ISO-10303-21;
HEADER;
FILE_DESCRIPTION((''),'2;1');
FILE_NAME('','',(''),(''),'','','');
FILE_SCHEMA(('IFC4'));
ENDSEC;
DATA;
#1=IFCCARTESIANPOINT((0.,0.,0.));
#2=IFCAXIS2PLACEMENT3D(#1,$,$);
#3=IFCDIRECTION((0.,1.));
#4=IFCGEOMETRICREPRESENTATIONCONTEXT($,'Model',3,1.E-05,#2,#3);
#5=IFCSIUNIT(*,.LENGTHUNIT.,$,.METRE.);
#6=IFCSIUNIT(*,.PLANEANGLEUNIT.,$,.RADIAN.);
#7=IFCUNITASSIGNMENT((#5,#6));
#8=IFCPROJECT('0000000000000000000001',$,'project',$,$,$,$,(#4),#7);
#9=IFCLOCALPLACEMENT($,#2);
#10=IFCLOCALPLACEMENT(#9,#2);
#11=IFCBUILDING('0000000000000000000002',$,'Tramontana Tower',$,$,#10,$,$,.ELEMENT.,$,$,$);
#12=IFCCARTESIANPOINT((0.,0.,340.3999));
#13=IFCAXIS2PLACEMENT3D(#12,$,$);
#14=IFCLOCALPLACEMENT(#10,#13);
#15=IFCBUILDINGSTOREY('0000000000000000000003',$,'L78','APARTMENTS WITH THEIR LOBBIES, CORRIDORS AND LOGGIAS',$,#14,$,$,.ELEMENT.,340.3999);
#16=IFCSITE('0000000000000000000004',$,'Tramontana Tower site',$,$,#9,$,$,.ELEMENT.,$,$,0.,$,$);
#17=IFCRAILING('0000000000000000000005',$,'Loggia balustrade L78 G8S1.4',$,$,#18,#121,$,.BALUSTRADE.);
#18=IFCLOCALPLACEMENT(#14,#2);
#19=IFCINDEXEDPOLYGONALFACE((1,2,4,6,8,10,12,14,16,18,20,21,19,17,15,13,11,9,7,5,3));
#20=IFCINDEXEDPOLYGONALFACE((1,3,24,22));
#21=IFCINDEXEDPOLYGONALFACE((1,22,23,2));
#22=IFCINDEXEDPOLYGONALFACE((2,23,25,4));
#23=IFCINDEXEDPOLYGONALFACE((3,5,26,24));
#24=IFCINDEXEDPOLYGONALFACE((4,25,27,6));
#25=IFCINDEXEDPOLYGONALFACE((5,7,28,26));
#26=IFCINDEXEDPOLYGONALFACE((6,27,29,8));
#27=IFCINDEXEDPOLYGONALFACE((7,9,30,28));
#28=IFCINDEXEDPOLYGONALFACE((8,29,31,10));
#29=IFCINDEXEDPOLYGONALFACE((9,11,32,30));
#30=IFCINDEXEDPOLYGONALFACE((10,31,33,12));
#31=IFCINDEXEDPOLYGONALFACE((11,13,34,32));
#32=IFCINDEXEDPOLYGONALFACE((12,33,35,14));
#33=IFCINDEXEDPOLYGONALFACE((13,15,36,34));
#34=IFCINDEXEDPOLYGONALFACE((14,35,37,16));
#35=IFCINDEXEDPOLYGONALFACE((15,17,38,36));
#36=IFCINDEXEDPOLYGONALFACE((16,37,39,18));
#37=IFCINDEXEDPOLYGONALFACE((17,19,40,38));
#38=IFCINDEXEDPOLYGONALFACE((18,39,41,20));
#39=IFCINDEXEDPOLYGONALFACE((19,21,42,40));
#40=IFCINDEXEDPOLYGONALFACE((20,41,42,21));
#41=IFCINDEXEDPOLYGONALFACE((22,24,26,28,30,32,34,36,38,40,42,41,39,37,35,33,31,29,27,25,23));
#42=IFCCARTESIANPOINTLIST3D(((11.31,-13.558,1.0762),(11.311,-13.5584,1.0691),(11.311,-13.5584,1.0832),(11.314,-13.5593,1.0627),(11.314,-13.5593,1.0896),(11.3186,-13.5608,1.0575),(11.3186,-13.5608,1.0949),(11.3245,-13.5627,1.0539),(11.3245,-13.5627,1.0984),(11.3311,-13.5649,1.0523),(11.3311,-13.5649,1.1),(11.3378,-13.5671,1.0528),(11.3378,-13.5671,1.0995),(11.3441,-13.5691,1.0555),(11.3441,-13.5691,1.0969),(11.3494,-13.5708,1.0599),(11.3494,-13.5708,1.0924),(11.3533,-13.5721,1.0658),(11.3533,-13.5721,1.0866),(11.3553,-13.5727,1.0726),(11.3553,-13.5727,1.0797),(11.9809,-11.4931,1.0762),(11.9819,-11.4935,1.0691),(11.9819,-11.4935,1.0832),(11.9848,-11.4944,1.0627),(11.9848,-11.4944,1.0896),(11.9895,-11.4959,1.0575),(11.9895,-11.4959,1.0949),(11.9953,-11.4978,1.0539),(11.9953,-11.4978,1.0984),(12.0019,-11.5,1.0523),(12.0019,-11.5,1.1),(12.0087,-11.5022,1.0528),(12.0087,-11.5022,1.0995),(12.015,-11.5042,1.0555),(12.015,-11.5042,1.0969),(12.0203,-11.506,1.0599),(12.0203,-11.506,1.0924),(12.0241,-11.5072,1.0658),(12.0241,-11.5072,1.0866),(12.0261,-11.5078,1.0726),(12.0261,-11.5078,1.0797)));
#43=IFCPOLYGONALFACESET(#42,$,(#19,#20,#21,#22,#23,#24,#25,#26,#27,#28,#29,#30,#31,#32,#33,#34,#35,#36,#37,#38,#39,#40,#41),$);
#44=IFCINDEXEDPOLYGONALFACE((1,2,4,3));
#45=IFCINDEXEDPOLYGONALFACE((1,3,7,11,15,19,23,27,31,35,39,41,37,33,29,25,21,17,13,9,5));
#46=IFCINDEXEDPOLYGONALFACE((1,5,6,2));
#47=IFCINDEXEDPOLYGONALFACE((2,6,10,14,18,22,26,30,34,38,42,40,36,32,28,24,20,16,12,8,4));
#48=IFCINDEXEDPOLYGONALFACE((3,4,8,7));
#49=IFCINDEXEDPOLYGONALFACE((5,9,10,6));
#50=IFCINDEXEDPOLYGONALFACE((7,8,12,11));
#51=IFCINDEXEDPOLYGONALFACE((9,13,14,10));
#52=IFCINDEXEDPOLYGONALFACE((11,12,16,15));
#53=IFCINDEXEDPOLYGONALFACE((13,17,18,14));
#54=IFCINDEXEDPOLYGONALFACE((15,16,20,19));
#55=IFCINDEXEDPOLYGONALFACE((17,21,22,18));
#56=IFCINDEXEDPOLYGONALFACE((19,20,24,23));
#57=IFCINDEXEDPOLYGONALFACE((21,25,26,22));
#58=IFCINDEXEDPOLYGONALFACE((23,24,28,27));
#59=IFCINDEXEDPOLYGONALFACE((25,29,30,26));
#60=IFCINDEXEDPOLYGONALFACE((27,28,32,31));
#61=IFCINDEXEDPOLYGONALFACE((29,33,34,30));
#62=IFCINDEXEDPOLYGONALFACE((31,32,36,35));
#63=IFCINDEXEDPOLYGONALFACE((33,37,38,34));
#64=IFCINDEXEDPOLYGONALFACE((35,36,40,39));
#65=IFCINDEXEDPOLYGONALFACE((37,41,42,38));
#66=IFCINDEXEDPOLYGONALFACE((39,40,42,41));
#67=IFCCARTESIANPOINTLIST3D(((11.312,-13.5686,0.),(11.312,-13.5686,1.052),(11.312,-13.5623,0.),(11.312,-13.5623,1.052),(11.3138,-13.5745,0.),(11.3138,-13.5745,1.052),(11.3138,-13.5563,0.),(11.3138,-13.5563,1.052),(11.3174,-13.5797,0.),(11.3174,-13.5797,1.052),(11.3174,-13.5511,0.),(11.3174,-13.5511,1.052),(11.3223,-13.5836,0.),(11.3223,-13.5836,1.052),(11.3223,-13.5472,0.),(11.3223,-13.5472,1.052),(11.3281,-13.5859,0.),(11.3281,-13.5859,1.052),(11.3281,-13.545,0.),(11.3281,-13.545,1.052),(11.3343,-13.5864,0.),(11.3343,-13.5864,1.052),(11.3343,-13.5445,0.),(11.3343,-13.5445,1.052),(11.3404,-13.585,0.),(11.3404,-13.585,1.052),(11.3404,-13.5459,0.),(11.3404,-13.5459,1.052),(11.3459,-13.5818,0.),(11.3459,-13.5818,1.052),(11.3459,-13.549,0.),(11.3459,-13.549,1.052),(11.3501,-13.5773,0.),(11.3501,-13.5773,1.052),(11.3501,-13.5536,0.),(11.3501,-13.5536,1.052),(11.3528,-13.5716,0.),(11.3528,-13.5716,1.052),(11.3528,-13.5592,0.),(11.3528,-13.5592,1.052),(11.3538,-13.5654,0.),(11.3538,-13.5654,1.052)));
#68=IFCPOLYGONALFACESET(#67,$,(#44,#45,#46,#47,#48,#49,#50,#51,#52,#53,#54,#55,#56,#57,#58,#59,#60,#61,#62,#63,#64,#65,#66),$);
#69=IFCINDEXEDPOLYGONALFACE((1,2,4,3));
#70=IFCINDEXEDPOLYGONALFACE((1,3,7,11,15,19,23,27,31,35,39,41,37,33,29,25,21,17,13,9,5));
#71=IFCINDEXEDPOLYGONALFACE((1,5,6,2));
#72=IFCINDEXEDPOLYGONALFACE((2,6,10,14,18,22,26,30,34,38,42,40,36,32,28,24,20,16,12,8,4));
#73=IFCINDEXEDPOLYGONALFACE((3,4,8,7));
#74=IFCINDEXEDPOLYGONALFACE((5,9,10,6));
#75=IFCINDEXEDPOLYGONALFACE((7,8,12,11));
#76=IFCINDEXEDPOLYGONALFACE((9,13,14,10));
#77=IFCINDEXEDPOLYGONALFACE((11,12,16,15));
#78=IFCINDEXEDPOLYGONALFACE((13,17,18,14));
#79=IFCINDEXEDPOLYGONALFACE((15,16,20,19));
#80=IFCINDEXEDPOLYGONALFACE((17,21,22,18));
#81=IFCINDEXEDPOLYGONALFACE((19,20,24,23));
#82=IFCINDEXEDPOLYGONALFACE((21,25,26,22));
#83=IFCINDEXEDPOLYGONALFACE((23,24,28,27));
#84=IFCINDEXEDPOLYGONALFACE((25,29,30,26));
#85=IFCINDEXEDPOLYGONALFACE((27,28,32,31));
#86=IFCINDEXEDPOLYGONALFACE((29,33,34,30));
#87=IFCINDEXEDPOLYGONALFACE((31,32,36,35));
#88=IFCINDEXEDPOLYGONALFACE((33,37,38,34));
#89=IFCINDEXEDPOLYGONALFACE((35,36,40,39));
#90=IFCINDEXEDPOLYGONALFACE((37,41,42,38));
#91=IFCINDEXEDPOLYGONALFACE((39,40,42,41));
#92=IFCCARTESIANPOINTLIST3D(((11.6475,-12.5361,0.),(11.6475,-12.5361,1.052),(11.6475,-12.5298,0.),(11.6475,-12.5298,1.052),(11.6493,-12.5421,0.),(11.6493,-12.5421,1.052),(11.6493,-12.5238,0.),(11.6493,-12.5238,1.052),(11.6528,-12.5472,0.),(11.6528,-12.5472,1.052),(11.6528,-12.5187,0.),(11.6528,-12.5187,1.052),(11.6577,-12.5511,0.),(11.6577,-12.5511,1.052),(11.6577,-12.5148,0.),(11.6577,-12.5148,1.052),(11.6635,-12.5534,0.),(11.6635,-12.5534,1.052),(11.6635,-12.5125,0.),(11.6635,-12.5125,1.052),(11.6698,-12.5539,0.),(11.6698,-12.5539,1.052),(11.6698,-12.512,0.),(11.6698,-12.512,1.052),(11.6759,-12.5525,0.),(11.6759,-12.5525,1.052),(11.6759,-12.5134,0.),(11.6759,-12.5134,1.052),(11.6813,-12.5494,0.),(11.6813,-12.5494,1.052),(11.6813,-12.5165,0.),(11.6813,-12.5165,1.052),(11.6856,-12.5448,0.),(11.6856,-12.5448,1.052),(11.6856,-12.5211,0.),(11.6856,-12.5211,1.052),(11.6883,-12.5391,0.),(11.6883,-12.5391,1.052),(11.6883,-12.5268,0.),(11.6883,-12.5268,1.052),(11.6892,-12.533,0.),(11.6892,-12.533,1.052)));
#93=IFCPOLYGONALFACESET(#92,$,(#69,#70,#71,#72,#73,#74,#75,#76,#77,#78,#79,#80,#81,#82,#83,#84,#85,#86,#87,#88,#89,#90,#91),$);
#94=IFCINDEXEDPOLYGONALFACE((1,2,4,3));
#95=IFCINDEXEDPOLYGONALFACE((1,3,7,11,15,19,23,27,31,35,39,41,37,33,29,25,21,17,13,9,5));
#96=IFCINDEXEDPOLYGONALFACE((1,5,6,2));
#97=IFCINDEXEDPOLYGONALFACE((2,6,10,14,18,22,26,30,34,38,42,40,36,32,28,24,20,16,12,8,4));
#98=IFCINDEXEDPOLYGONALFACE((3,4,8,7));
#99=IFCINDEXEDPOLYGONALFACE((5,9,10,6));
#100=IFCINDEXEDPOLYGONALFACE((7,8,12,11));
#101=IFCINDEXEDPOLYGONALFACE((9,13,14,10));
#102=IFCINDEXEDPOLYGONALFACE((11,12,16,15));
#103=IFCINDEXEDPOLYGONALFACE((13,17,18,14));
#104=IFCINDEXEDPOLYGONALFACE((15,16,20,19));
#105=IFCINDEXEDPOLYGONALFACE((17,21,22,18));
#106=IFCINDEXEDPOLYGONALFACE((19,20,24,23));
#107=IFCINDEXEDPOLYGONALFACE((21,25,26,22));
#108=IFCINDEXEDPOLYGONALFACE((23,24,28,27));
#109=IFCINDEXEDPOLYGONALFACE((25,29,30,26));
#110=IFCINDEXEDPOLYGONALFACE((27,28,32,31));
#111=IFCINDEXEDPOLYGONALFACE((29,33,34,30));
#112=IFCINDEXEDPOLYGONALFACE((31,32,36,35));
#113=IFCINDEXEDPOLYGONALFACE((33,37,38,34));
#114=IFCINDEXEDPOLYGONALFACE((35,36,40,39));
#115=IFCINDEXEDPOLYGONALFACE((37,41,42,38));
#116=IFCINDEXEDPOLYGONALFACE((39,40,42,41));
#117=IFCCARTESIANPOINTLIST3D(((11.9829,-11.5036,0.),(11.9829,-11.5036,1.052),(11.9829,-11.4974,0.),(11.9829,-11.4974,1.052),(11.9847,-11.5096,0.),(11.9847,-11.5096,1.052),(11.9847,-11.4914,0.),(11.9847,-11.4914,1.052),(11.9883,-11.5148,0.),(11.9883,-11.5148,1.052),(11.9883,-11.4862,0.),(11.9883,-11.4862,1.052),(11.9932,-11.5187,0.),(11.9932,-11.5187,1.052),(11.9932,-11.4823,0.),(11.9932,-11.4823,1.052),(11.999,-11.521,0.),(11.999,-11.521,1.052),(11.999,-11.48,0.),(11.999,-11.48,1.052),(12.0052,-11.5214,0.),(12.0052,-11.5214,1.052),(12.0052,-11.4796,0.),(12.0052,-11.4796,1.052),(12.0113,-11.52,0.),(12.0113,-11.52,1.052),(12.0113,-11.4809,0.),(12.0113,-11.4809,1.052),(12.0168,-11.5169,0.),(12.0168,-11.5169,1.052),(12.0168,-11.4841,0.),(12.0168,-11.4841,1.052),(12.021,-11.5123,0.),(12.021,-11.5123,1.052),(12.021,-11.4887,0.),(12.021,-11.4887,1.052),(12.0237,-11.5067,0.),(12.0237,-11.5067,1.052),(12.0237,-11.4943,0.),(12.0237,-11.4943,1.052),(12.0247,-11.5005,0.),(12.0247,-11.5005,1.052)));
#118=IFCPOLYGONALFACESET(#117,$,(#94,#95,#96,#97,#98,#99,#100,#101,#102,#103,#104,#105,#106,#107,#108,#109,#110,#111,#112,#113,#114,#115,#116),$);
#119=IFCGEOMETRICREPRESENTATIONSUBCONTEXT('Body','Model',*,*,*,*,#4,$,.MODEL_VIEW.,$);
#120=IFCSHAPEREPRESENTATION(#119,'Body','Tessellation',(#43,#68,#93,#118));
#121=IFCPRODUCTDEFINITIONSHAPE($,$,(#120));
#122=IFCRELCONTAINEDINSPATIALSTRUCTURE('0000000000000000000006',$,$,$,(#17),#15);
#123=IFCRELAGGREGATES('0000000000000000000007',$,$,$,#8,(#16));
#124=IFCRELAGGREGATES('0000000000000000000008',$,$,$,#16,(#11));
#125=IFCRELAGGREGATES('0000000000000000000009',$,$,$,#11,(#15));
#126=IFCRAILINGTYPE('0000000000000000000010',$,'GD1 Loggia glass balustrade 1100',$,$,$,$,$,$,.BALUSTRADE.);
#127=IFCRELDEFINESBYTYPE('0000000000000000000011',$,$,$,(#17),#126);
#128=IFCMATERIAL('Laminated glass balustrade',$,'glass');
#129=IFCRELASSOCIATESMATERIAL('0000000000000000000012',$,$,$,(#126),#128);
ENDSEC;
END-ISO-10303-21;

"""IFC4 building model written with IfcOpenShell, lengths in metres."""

from ifc_helpers import new_model, si_unit, direction, frame, origin, origin_2d, place, context, subcontext, project, spatial, circle, extrude, material, type_object, element, save


model = new_model("IFC4")

# Units and contexts
model_context = context("Model", 3, precision=1e-05, world=origin(), true_north=direction((0.0, 1.0)))
body_context = subcontext(model_context, "Body", "Model", "MODEL_VIEW")
ifc_project = project(units=[si_unit("LENGTHUNIT", "METRE"), si_unit("PLANEANGLEUNIT", "RADIAN")], contexts=[model_context])

# Site, building, storey
site_placement = place(None, origin())
site = spatial("IfcSite", under=ifc_project, at=site_placement, Name="Tramontana Tower site", CompositionType="ELEMENT", RefElevation=0.0)
building_placement = place(site_placement, origin())
building = spatial("IfcBuilding", under=site, at=building_placement, Name="Tramontana Tower", CompositionType="ELEMENT")
storey_placement = place(building_placement, frame((0.0, 0.0, 340.3999)))
storey = spatial("IfcBuildingStorey", under=building, at=storey_placement, Name="L78", Description="APARTMENTS WITH THEIR LOBBIES, CORRIDORS AND LOGGIAS", CompositionType="ELEMENT", Elevation=340.3999)

# Railing
ifc_material_1 = material(Name="Laminated glass balustrade", Category="glass")
railing_type = type_object("IfcRailingType", Name="GD1 Loggia glass balustrade 1100", PredefinedType="BALUSTRADE", material=ifc_material_1)
railing_placement = place(storey_placement, frame((11.3328, -13.5654, 0.0)))
element("IfcRailing", 1, at=railing_placement, inside=storey, type_object=railing_type, Name="Loggia balustrade L78 G8S1.4", PredefinedType="BALUSTRADE", context=body_context, shape_type="SweptSolid", body=[
    extrude(circle(Radius=0.0239, at=origin_2d()), frame((0.0, 0.0, 1.0762), z_axis=(0.309, 0.951062, 0.0), x_axis=(-0.951062, 0.309, 0.0)), (0.0, 0.0, 1.0), 2.1711),
    extrude(circle(Radius=0.021, at=origin_2d()), origin(), (0.0, 0.0, 1.0), 1.052),
    extrude(circle(Radius=0.021, at=origin_2d()), frame((0.3354, 1.0325, 0.0)), (0.0, 0.0, 1.0), 1.052),
    extrude(circle(Radius=0.021, at=origin_2d()), frame((0.6709, 2.0649, 0.0)), (0.0, 0.0, 1.0), 1.052),
])

save(model, "model.ifc")
